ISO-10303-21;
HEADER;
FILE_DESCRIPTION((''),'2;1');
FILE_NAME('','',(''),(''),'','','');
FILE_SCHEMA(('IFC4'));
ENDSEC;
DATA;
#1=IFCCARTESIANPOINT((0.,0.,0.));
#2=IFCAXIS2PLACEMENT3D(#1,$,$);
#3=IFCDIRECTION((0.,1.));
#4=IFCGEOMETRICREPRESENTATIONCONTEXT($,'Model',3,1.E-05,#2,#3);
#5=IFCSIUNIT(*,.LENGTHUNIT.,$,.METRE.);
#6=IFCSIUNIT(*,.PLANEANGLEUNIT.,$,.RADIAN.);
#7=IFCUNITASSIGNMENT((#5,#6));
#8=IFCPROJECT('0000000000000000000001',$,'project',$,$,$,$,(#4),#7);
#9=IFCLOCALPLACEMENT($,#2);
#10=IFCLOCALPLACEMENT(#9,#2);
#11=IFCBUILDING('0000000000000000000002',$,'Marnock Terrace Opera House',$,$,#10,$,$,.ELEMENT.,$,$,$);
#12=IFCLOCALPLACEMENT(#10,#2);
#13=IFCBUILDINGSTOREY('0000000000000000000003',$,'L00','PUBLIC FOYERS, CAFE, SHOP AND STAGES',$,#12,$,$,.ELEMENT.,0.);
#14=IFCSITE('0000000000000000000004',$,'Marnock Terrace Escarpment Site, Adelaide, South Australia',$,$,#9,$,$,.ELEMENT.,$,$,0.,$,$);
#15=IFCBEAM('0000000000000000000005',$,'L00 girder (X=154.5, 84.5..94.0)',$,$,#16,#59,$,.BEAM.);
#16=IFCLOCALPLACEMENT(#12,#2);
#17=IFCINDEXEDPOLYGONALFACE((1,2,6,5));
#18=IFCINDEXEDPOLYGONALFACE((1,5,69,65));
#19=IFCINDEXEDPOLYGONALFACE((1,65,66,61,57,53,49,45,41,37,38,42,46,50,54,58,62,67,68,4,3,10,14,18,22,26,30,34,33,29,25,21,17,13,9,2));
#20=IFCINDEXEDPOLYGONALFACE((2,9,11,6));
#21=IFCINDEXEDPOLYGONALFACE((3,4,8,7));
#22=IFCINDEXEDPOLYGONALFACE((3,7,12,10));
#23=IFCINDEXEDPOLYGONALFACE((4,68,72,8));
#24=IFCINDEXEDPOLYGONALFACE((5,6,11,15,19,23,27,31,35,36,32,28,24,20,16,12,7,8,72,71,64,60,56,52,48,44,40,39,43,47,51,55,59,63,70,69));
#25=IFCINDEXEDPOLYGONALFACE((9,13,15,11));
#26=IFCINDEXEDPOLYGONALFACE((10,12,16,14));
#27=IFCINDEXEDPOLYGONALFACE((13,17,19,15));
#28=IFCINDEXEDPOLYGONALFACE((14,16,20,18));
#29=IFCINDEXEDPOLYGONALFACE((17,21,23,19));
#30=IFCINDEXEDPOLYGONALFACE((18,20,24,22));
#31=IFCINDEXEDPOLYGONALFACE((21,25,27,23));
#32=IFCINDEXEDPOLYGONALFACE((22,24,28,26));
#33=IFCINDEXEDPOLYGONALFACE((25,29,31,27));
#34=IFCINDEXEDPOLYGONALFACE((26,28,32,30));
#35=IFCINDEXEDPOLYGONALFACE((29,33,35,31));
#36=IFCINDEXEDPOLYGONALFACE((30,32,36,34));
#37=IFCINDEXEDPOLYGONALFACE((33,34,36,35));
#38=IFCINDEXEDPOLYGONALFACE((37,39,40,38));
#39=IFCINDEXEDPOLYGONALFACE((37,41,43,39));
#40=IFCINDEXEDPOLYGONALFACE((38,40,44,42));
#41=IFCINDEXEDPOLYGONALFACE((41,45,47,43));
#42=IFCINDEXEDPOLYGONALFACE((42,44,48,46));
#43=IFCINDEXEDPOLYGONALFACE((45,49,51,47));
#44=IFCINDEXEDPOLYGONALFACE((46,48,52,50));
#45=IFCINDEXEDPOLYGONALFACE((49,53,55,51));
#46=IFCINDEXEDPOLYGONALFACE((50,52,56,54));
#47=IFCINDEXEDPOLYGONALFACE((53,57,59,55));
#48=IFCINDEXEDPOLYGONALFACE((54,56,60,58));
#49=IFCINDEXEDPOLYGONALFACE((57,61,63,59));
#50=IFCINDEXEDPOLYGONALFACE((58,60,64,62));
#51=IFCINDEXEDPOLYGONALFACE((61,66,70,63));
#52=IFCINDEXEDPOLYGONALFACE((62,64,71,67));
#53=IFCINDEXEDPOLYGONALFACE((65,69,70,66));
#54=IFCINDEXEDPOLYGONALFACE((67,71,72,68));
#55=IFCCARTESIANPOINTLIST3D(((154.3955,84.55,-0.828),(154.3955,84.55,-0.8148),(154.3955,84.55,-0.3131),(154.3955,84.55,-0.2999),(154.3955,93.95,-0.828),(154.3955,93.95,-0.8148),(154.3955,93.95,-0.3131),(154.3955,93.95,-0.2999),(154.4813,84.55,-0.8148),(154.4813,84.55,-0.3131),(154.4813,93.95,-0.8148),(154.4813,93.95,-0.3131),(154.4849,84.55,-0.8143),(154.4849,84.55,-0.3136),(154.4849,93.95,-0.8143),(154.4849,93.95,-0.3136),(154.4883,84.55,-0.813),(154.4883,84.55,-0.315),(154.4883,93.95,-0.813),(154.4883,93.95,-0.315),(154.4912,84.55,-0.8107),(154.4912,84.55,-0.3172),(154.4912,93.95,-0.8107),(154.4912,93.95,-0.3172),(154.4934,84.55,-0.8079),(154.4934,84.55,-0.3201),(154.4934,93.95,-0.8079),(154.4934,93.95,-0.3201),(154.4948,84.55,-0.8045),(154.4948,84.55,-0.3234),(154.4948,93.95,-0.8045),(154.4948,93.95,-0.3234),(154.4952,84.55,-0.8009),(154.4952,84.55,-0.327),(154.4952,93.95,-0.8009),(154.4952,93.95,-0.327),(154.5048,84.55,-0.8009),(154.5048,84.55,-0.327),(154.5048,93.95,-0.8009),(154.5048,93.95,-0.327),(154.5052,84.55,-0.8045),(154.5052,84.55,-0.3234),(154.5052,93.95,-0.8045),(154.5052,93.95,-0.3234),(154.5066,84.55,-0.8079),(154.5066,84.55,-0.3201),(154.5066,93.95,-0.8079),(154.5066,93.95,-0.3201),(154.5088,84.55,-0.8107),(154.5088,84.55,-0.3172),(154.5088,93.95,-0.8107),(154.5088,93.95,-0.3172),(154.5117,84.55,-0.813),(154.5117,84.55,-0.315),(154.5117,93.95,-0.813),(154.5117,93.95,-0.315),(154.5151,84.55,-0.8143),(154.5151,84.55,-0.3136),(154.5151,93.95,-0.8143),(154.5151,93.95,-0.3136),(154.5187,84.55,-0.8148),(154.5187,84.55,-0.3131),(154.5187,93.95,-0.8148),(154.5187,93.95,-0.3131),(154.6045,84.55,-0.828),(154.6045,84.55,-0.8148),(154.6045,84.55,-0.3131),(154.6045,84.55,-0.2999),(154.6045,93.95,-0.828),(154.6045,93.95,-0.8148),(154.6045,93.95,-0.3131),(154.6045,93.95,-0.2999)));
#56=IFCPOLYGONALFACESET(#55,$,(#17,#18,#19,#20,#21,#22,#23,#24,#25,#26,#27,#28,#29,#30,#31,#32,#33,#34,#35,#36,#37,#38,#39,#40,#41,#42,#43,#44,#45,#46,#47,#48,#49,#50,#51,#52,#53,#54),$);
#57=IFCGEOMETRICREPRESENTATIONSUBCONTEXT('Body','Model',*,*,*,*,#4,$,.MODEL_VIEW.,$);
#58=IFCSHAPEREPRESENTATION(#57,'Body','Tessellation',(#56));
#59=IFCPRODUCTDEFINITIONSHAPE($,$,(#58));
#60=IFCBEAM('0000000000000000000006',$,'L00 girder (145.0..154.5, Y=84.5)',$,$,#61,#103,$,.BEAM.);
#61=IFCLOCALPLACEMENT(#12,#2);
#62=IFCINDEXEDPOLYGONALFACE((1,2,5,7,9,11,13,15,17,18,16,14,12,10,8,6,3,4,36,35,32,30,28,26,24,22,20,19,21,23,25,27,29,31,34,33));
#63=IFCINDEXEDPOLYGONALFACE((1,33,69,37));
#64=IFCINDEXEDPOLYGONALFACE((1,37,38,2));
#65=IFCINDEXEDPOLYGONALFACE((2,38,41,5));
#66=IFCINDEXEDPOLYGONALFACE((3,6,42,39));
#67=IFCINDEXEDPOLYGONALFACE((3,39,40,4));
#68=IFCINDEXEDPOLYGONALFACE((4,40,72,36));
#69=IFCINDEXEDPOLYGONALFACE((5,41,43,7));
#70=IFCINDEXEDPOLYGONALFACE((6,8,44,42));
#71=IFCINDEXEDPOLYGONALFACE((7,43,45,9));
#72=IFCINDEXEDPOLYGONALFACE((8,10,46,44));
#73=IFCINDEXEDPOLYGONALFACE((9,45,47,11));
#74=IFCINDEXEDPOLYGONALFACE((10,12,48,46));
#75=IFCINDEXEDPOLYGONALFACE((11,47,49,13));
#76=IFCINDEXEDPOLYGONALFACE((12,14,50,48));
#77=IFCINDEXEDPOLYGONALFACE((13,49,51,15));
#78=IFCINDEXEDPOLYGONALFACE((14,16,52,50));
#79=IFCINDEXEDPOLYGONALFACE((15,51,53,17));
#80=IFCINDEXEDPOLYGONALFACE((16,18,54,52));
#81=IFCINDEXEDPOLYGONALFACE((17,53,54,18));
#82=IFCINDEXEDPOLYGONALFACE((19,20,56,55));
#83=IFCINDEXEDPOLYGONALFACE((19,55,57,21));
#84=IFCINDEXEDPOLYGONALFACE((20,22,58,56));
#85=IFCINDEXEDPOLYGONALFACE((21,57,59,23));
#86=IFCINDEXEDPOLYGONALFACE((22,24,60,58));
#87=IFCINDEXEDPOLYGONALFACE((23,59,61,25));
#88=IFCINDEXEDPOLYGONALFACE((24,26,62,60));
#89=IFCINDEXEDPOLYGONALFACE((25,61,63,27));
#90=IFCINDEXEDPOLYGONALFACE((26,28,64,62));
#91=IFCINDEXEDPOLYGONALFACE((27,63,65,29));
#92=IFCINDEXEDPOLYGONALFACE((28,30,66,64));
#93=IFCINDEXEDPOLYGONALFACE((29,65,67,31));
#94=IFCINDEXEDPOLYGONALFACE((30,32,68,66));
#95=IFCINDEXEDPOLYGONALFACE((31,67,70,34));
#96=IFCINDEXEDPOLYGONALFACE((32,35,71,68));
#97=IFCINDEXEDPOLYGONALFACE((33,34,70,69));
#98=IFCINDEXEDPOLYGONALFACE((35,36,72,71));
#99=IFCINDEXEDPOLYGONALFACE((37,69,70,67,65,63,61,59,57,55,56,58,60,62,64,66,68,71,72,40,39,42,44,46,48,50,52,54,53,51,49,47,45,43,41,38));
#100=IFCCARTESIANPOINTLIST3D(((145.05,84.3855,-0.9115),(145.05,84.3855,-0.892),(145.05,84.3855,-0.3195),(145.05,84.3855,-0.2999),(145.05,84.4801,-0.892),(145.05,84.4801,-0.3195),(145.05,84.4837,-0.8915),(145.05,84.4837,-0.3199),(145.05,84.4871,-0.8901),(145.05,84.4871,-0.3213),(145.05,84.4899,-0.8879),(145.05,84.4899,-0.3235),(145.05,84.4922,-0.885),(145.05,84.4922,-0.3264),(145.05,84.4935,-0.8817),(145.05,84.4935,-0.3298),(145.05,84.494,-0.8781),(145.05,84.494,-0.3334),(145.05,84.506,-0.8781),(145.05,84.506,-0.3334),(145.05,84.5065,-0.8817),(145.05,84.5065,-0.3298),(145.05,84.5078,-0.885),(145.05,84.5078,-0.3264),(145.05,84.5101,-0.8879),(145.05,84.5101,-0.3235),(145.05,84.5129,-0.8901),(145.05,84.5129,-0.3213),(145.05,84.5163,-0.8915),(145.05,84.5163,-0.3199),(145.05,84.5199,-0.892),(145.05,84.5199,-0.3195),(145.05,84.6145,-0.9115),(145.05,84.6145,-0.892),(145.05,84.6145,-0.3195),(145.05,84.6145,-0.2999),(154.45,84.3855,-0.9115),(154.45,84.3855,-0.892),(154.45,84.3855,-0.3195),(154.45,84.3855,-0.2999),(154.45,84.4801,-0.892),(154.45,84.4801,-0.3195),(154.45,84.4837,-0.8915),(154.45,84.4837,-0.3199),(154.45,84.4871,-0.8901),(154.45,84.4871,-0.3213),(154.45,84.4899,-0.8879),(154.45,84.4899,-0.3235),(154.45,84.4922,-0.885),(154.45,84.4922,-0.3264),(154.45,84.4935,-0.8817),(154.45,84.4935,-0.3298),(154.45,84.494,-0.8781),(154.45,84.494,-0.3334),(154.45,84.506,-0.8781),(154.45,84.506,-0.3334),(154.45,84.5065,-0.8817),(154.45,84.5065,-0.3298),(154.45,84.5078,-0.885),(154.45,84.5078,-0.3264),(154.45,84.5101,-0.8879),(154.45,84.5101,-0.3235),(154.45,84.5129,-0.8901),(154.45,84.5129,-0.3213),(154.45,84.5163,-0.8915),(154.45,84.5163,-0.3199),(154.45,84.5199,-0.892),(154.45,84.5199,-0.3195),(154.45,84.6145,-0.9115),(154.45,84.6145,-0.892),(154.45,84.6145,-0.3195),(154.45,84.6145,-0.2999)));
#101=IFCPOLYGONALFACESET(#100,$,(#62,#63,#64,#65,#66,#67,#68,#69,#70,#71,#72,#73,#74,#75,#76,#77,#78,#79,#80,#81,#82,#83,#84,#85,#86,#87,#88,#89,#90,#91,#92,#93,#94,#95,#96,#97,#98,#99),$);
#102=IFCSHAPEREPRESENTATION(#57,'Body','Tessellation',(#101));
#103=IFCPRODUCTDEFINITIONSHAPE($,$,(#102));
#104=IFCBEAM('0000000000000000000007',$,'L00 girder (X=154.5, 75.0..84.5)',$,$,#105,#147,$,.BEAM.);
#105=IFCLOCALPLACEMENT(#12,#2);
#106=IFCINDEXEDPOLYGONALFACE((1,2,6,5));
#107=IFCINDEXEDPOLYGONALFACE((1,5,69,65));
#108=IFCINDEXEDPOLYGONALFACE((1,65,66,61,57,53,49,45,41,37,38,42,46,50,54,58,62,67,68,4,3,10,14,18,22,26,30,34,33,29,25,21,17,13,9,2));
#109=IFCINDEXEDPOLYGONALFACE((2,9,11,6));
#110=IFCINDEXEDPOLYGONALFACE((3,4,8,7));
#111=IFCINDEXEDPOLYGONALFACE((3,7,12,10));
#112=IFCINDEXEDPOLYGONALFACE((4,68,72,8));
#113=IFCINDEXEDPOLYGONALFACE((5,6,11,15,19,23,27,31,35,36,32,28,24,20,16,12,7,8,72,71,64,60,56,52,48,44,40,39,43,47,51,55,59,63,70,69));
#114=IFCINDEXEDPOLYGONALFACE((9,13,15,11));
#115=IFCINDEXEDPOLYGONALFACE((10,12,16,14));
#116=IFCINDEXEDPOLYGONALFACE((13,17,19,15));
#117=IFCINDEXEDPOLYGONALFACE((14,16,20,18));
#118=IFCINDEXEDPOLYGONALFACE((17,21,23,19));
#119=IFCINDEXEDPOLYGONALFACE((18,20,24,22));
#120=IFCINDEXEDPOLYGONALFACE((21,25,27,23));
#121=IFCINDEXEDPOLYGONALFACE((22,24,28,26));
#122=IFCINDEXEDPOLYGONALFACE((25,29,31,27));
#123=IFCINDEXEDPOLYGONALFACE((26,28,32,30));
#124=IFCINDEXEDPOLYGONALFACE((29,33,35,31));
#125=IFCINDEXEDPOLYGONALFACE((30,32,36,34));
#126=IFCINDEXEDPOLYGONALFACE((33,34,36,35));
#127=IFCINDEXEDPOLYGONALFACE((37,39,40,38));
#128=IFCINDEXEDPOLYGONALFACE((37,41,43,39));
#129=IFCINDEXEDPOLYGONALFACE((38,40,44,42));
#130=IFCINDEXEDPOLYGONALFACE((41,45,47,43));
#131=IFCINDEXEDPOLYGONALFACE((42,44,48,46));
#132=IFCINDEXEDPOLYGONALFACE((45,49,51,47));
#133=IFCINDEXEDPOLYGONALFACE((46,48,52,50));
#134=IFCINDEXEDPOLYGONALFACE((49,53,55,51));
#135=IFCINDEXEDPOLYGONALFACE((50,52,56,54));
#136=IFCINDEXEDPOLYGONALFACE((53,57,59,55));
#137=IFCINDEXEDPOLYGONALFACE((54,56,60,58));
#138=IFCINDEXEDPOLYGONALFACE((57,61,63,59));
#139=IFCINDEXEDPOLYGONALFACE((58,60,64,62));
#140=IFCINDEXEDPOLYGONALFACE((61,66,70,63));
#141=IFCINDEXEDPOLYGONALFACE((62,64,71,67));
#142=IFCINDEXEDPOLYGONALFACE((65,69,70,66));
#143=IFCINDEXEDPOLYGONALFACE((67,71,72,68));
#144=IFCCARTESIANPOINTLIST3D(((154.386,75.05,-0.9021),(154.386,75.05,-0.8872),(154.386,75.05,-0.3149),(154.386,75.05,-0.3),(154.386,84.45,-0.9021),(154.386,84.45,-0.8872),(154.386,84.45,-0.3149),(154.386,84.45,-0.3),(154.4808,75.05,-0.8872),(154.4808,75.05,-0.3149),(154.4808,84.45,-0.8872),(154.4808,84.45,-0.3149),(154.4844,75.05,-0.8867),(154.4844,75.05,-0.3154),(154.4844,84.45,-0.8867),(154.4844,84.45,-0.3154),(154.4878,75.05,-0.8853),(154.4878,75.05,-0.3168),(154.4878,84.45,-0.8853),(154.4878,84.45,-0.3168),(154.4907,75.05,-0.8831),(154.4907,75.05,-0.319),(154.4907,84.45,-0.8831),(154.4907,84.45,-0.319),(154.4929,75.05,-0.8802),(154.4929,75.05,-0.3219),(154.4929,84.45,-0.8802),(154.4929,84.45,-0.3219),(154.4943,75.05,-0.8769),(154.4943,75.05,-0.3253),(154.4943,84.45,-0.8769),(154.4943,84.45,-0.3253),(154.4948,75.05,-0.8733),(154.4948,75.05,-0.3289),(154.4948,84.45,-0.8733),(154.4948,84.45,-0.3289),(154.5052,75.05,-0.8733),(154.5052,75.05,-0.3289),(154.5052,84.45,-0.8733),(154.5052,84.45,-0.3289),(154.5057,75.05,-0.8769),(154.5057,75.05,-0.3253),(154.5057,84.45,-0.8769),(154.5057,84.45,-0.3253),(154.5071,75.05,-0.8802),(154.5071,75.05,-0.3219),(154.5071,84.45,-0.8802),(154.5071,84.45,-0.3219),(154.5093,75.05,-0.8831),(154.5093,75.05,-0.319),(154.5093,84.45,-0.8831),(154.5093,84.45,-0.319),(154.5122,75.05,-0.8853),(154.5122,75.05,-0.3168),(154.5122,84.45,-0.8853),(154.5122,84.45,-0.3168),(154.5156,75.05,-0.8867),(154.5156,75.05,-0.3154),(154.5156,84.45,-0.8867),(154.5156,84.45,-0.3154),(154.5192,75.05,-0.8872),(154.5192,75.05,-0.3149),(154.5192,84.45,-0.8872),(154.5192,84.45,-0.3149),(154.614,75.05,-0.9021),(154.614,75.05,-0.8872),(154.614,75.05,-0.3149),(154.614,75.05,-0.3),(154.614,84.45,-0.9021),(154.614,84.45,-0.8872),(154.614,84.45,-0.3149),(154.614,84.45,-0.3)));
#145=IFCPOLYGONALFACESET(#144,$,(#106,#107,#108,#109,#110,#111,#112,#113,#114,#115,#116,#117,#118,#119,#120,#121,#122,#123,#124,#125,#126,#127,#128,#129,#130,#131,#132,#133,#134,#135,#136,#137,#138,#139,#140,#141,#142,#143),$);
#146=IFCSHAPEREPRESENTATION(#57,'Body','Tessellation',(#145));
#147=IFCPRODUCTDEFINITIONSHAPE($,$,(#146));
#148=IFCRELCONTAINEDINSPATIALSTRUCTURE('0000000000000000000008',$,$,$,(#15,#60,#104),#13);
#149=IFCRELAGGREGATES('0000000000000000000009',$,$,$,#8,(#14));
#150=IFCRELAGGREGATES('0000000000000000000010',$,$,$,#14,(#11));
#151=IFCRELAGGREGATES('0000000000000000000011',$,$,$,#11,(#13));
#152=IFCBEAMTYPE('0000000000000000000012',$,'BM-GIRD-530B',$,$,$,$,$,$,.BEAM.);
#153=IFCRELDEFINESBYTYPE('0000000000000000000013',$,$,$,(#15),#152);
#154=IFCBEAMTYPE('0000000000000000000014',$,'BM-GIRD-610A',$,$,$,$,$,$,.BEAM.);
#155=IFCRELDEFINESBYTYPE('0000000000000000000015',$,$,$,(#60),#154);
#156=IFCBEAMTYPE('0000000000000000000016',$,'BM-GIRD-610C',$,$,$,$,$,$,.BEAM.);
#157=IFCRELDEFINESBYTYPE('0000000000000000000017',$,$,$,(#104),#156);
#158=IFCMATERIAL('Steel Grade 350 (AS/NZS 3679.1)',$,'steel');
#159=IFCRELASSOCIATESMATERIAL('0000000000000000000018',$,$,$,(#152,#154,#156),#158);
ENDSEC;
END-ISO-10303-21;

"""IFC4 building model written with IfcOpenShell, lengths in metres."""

from ifc_helpers import new_model, si_unit, direction, frame, origin, origin_2d, place, context, subcontext, project, spatial, i_section, extrude, material, material_profile, profile_set, type_object, element, save


model = new_model("IFC4")

# Units and contexts
model_context = context("Model", 3, precision=1e-05, world=origin(), true_north=direction((0.0, 1.0)))
body_context = subcontext(model_context, "Body", "Model", "MODEL_VIEW")
ifc_project = project(units=[si_unit("LENGTHUNIT", "METRE"), si_unit("PLANEANGLEUNIT", "RADIAN")], contexts=[model_context])

# Site, building, storey
site_placement = place(None, origin())
site = spatial("IfcSite", under=ifc_project, at=site_placement, Name="Marnock Terrace Escarpment Site, Adelaide, South Australia", CompositionType="ELEMENT", RefElevation=0.0)
building_placement = place(site_placement, origin())
building = spatial("IfcBuilding", under=site, at=building_placement, Name="Marnock Terrace Opera House", CompositionType="ELEMENT")
storey_placement = place(building_placement, origin())
storey = spatial("IfcBuildingStorey", under=building, at=storey_placement, Name="L00", Description="PUBLIC FOYERS, CAFE, SHOP AND STAGES", CompositionType="ELEMENT", Elevation=0.0)

# Beams
ifc_material_1 = material(Name="Steel Grade 350 (AS/NZS 3679.1)", Category="steel")
ifc_material_profile_1 = material_profile(ifc_material_1, i_section(OverallWidth=0.209, OverallDepth=0.5281, WebThickness=0.0095, FlangeThickness=0.0132, FilletRadius=0.0139, at=origin_2d()))
ifc_profile_set_1 = profile_set([ifc_material_profile_1], Name="Steel Grade 350 (AS/NZS 3679.1)")
beam_type_1 = type_object("IfcBeamType", Name="BM-GIRD-530B", PredefinedType="BEAM", material=ifc_profile_set_1)
beam_1_placement = place(storey_placement, frame((154.5, 84.55, -0.564), z_axis=(0.0, 1.0, 0.0), x_axis=(-1.0, 0.0, 0.0)))
element("IfcBeam", 1, at=beam_1_placement, inside=storey, type_object=beam_type_1, Name="L00 girder (X=154.5, 84.5..94.0)", PredefinedType="BEAM", context=body_context, shape_type="SweptSolid", body=[
    extrude(i_section(OverallWidth=0.209, OverallDepth=0.5281, WebThickness=0.0095, FlangeThickness=0.0132, FilletRadius=0.0139, at=origin_2d()), origin(), (0.0, 0.0, 1.0), 9.3999),
])
ifc_material_profile_2 = material_profile(ifc_material_1, i_section(OverallWidth=0.229, OverallDepth=0.6116, WebThickness=0.012, FlangeThickness=0.0195, FilletRadius=0.0139, at=origin_2d()))
ifc_profile_set_2 = profile_set([ifc_material_profile_2], Name="Steel Grade 350 (AS/NZS 3679.1)")
beam_type_2 = type_object("IfcBeamType", Name="BM-GIRD-610A", PredefinedType="BEAM", material=ifc_profile_set_2)
beam_2_placement = place(storey_placement, frame((145.05, 84.5, -0.6057), z_axis=(1.0, 0.0, 0.0), x_axis=(0.0, 1.0, 0.0)))
element("IfcBeam", 2, at=beam_2_placement, inside=storey, type_object=beam_type_2, Name="L00 girder (145.0..154.5, Y=84.5)", PredefinedType="BEAM", context=body_context, shape_type="SweptSolid", body=[
    extrude(i_section(OverallWidth=0.229, OverallDepth=0.6116, WebThickness=0.012, FlangeThickness=0.0195, FilletRadius=0.0139, at=origin_2d()), origin(), (0.0, 0.0, 1.0), 9.3999),
])
ifc_material_profile_3 = material_profile(ifc_material_1, i_section(OverallWidth=0.228, OverallDepth=0.6021, WebThickness=0.0105, FlangeThickness=0.0149, FilletRadius=0.0139, at=origin_2d()))
ifc_profile_set_3 = profile_set([ifc_material_profile_3], Name="Steel Grade 350 (AS/NZS 3679.1)")
beam_type_3 = type_object("IfcBeamType", Name="BM-GIRD-610C", PredefinedType="BEAM", material=ifc_profile_set_3)
beam_3_placement = place(storey_placement, frame((154.5, 75.05, -0.6011), z_axis=(0.0, 1.0, 0.0), x_axis=(-1.0, 0.0, 0.0)))
element("IfcBeam", 3, at=beam_3_placement, inside=storey, type_object=beam_type_3, Name="L00 girder (X=154.5, 75.0..84.5)", PredefinedType="BEAM", context=body_context, shape_type="SweptSolid", body=[
    extrude(i_section(OverallWidth=0.228, OverallDepth=0.6021, WebThickness=0.0105, FlangeThickness=0.0149, FilletRadius=0.0139, at=origin_2d()), origin(), (0.0, 0.0, 1.0), 9.3999),
])

save(model, "model.ifc")
